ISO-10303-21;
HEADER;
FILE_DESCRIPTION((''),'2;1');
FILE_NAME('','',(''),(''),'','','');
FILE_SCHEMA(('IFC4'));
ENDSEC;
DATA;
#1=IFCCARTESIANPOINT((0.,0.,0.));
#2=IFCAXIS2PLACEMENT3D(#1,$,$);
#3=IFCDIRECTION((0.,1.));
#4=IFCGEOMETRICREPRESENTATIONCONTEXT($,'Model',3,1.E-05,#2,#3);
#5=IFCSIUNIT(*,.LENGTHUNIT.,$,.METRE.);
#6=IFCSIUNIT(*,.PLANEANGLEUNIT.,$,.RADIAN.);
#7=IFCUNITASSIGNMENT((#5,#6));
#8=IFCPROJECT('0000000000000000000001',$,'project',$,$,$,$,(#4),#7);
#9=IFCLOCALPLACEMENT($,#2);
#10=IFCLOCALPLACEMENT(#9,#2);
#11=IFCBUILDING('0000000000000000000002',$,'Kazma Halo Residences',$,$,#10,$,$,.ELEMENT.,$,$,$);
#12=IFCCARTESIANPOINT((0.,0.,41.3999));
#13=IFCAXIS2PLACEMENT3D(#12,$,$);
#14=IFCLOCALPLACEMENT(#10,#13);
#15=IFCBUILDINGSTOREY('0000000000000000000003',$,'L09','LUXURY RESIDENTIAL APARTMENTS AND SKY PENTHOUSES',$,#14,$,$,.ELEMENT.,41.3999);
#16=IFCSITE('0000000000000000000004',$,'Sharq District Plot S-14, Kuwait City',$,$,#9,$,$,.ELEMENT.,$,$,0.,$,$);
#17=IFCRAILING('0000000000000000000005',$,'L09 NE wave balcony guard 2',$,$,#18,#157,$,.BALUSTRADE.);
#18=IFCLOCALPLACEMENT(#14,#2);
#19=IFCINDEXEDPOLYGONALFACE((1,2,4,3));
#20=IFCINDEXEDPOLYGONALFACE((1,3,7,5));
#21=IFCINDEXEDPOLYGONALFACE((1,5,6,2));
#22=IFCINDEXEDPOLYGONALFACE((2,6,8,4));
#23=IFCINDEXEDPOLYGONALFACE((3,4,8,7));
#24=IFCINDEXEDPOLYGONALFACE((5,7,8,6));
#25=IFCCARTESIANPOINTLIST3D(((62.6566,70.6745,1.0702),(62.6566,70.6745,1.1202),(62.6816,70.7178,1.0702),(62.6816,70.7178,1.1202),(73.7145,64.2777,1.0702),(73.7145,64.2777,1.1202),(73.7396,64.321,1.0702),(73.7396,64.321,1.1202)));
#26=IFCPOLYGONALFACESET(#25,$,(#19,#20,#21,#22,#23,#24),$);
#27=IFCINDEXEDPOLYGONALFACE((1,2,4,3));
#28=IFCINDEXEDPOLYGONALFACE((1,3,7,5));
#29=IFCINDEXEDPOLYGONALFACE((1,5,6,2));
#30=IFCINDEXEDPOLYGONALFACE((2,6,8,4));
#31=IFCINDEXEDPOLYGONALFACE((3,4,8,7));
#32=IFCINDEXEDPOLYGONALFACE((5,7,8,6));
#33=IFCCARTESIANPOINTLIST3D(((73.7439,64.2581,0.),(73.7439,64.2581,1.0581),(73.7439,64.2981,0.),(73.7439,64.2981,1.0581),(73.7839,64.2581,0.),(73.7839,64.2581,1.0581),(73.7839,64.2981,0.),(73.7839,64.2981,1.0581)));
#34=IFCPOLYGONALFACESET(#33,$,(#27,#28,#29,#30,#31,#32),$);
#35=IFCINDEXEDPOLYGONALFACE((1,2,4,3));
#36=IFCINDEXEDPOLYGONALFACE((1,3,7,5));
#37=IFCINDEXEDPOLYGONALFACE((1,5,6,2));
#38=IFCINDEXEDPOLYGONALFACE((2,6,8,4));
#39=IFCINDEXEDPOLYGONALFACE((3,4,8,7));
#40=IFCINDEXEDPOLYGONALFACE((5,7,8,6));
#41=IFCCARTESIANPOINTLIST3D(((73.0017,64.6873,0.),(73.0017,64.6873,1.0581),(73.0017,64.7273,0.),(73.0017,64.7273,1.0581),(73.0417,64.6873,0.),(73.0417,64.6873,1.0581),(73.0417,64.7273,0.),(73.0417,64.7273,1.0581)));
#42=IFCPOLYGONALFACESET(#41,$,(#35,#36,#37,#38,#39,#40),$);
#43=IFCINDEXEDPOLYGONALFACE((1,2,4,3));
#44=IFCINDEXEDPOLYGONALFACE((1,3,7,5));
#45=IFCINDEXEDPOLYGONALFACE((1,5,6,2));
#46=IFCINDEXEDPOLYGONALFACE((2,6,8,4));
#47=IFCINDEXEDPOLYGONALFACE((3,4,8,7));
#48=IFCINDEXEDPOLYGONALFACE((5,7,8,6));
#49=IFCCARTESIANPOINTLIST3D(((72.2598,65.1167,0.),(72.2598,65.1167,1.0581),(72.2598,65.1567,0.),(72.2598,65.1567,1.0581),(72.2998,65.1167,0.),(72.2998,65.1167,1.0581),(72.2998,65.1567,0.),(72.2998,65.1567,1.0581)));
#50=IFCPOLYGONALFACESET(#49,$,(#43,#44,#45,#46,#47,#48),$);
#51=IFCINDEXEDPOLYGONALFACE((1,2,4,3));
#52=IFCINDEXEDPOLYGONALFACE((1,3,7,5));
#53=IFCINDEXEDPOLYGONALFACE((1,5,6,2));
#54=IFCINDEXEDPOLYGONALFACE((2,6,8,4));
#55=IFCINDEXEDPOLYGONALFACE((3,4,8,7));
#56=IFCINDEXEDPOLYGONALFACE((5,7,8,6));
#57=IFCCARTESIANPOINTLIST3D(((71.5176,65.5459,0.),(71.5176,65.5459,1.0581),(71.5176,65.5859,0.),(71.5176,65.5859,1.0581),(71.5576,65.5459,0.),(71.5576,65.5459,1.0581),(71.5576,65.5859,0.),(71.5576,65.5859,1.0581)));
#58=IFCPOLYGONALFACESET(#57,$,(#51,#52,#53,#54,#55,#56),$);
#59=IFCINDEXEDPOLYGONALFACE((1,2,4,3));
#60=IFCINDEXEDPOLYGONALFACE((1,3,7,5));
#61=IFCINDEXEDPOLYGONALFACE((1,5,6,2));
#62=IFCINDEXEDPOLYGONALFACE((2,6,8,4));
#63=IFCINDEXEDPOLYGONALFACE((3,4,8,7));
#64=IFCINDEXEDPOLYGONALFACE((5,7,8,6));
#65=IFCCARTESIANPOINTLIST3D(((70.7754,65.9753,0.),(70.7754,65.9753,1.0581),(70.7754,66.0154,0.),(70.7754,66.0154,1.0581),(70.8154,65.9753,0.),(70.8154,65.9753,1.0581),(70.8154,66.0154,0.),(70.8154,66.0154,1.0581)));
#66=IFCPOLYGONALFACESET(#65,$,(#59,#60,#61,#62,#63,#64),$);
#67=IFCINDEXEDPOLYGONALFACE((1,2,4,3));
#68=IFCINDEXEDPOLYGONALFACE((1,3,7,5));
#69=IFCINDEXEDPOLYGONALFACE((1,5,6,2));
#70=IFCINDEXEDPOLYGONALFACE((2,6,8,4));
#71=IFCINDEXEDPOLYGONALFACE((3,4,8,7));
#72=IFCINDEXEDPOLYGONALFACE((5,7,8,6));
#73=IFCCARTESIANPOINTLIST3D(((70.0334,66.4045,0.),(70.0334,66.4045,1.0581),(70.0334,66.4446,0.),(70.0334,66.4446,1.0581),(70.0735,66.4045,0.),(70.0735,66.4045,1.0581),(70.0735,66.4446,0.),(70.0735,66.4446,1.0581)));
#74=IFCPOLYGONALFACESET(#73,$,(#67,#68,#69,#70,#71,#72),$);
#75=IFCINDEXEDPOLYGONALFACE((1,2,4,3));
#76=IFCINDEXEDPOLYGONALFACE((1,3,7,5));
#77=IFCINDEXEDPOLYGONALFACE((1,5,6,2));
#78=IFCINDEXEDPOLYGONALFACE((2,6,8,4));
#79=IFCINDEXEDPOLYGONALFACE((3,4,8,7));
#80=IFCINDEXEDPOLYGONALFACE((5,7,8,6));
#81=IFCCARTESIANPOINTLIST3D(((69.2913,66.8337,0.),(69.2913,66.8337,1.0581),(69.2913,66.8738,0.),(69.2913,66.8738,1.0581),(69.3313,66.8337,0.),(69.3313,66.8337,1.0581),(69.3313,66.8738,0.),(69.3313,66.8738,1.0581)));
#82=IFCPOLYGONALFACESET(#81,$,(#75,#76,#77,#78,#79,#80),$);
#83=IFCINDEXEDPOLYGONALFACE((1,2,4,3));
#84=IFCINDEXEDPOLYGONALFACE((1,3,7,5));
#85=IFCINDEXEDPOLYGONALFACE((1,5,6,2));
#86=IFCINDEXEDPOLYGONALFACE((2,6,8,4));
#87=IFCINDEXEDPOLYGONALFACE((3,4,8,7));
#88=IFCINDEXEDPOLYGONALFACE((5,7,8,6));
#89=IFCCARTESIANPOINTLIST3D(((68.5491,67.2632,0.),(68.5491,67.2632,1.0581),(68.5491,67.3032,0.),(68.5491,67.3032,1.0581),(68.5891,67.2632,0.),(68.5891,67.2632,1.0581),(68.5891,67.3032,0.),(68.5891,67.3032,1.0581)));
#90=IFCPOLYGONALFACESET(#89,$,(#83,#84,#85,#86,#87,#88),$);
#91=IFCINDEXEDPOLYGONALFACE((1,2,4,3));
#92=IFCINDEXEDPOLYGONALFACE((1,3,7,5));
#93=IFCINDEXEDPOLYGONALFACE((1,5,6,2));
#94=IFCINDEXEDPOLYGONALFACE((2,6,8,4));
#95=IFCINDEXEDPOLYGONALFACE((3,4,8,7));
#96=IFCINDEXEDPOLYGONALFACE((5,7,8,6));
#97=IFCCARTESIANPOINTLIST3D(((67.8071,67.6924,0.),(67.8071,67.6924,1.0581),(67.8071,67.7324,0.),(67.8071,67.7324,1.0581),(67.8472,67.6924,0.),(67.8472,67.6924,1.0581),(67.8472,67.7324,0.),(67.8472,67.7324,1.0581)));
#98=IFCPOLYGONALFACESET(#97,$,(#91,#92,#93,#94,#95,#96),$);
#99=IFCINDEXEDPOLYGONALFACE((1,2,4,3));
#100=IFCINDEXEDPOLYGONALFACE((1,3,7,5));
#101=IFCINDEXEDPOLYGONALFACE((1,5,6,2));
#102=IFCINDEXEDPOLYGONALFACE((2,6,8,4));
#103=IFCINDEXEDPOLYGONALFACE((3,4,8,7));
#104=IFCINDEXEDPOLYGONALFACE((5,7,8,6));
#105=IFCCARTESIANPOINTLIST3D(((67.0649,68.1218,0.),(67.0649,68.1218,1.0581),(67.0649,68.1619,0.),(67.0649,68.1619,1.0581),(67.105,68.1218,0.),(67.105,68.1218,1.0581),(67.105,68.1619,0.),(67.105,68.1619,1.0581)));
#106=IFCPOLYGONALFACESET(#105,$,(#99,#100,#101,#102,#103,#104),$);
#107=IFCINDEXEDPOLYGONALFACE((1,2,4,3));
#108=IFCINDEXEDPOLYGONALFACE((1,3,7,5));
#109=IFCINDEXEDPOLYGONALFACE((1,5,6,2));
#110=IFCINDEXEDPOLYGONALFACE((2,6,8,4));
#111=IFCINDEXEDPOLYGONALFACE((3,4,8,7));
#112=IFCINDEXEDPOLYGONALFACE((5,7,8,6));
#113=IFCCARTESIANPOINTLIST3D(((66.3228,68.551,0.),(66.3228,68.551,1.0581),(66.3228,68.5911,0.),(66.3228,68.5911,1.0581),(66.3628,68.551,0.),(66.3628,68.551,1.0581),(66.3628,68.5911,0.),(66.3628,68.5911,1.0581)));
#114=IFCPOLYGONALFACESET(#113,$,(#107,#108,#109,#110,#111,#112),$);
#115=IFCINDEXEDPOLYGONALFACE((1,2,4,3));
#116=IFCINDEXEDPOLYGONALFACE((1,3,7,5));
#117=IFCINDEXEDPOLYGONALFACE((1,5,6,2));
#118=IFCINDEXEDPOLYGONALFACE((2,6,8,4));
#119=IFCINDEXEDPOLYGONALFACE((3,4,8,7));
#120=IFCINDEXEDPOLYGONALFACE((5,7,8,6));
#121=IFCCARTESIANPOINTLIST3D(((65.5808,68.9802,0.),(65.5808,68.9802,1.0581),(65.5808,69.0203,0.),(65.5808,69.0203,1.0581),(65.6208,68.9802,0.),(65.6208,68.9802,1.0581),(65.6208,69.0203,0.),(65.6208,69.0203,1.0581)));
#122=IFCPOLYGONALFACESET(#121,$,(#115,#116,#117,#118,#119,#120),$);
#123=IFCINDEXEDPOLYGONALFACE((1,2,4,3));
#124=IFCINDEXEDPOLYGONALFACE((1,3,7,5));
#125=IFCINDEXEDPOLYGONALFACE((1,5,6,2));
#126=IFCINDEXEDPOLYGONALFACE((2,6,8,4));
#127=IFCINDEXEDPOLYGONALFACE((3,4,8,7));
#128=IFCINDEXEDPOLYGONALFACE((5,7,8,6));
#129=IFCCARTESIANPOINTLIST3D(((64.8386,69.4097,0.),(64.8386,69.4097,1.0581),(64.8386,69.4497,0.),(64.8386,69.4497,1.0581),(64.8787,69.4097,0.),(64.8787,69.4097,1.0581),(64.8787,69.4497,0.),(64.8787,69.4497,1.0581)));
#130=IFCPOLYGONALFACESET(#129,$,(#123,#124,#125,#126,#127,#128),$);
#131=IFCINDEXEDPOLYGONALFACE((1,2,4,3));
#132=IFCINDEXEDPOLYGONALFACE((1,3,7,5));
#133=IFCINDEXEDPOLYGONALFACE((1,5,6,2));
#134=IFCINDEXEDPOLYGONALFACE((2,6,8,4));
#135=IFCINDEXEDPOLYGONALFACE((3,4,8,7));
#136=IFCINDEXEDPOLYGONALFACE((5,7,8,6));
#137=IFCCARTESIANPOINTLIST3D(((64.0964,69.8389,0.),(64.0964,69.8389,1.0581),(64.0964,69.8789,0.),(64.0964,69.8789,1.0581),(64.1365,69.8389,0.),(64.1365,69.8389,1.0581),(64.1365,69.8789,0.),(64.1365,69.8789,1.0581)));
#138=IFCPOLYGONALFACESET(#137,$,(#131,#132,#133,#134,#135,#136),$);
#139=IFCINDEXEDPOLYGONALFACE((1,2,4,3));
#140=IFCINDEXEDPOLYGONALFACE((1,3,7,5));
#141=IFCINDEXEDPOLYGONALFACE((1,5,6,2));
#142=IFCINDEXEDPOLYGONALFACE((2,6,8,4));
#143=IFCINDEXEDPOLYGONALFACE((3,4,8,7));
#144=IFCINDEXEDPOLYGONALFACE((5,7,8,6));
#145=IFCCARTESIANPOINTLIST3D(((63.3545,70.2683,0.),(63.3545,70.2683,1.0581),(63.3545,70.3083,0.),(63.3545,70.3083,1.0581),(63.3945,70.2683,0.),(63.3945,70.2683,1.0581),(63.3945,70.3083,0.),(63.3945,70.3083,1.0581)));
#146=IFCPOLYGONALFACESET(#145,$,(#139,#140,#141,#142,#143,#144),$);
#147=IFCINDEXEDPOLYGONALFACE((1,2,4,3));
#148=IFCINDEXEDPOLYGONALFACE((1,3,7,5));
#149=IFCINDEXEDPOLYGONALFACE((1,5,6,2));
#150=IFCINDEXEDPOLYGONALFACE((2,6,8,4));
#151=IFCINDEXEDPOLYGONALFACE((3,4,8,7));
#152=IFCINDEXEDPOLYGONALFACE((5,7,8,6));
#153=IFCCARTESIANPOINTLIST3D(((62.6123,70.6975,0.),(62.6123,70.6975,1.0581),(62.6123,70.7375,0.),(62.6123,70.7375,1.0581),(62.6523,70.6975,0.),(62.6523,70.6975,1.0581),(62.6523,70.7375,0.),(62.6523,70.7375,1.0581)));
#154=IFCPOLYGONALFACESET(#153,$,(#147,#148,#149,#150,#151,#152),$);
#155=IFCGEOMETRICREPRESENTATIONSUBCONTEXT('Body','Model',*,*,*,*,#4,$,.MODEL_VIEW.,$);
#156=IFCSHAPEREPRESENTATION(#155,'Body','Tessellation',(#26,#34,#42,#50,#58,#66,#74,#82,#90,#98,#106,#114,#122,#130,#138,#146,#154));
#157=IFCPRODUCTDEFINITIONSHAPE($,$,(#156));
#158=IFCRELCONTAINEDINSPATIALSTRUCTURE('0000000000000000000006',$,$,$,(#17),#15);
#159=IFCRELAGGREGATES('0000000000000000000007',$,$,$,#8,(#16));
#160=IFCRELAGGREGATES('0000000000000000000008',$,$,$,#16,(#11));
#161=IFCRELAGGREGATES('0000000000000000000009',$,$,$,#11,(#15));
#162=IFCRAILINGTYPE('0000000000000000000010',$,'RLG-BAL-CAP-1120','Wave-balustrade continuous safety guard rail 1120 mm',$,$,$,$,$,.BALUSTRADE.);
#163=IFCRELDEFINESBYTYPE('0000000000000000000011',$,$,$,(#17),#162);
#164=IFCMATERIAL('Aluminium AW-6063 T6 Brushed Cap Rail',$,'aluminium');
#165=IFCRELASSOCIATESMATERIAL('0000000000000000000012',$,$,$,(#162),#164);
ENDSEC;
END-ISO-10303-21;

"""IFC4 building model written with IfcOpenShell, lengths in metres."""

from ifc_helpers import new_model, si_unit, direction, frame, origin, origin_2d, place, context, subcontext, project, spatial, rectangle, extrude, material, type_object, element, save


model = new_model("IFC4")

# Units and contexts
model_context = context("Model", 3, precision=1e-05, world=origin(), true_north=direction((0.0, 1.0)))
body_context = subcontext(model_context, "Body", "Model", "MODEL_VIEW")
ifc_project = project(units=[si_unit("LENGTHUNIT", "METRE"), si_unit("PLANEANGLEUNIT", "RADIAN")], contexts=[model_context])

# Site, building, storey
site_placement = place(None, origin())
site = spatial("IfcSite", under=ifc_project, at=site_placement, Name="Sharq District Plot S-14, Kuwait City", CompositionType="ELEMENT", RefElevation=0.0)
building_placement = place(site_placement, origin())
building = spatial("IfcBuilding", under=site, at=building_placement, Name="Kazma Halo Residences", CompositionType="ELEMENT")
storey_placement = place(building_placement, frame((0.0, 0.0, 41.3999)))
storey = spatial("IfcBuildingStorey", under=building, at=storey_placement, Name="L09", Description="LUXURY RESIDENTIAL APARTMENTS AND SKY PENTHOUSES", CompositionType="ELEMENT", Elevation=41.3999)

# Railing
ifc_material_1 = material(Name="Aluminium AW-6063 T6 Brushed Cap Rail", Category="aluminium")
railing_type = type_object("IfcRailingType", Name="RLG-BAL-CAP-1120", Description="Wave-balustrade continuous safety guard rail 1120 mm", PredefinedType="BALUSTRADE", material=ifc_material_1)
railing_1_placement = place(storey_placement, frame((73.7639, 64.2781, 0.0)))
element("IfcRailing", 1, at=railing_1_placement, inside=storey, type_object=railing_type, Name="L09 NE wave balcony guard 2", PredefinedType="BALUSTRADE", context=body_context, shape_type="SweptSolid", body=[
    extrude(rectangle(XDim=0.05, YDim=0.05, at=origin_2d()), frame((-0.0369, 0.0212, 1.0952), z_axis=(-0.8656, 0.500736, 0.0), x_axis=(-0.500736, -0.8656, 0.0)), (0.0, 0.0, 1.0), 12.7749),
    extrude(rectangle(XDim=0.04, YDim=0.04, at=origin_2d()), origin(), (0.0, 0.0, 1.0), 1.0581),
    extrude(rectangle(XDim=0.04, YDim=0.04, at=origin_2d()), frame((-0.7422, 0.4292, 0.0)), (0.0, 0.0, 1.0), 1.0581),
    extrude(rectangle(XDim=0.04, YDim=0.04, at=origin_2d()), frame((-1.4841, 0.8586, 0.0)), (0.0, 0.0, 1.0), 1.0581),
    extrude(rectangle(XDim=0.04, YDim=0.04, at=origin_2d()), frame((-2.2263, 1.2878, 0.0)), (0.0, 0.0, 1.0), 1.0581),
    extrude(rectangle(XDim=0.04, YDim=0.04, at=origin_2d()), frame((-2.9685, 1.7173, 0.0)), (0.0, 0.0, 1.0), 1.0581),
    extrude(rectangle(XDim=0.04, YDim=0.04, at=origin_2d()), frame((-3.7104, 2.1465, 0.0)), (0.0, 0.0, 1.0), 1.0581),
    extrude(rectangle(XDim=0.04, YDim=0.04, at=origin_2d()), frame((-4.4526, 2.5757, 0.0)), (0.0, 0.0, 1.0), 1.0581),
    extrude(rectangle(XDim=0.04, YDim=0.04, at=origin_2d()), frame((-5.1948, 3.0051, 0.0)), (0.0, 0.0, 1.0), 1.0581),
    extrude(rectangle(XDim=0.04, YDim=0.04, at=origin_2d()), frame((-5.9368, 3.4343, 0.0)), (0.0, 0.0, 1.0), 1.0581),
    extrude(rectangle(XDim=0.04, YDim=0.04, at=origin_2d()), frame((-6.679, 3.8638, 0.0)), (0.0, 0.0, 1.0), 1.0581),
    extrude(rectangle(XDim=0.04, YDim=0.04, at=origin_2d()), frame((-7.4211, 4.293, 0.0)), (0.0, 0.0, 1.0), 1.0581),
    extrude(rectangle(XDim=0.04, YDim=0.04, at=origin_2d()), frame((-8.1631, 4.7222, 0.0)), (0.0, 0.0, 1.0), 1.0581),
    extrude(rectangle(XDim=0.04, YDim=0.04, at=origin_2d()), frame((-8.9053, 5.1516, 0.0)), (0.0, 0.0, 1.0), 1.0581),
    extrude(rectangle(XDim=0.04, YDim=0.04, at=origin_2d()), frame((-9.6475, 5.5808, 0.0)), (0.0, 0.0, 1.0), 1.0581),
    extrude(rectangle(XDim=0.04, YDim=0.04, at=origin_2d()), frame((-10.3894, 6.0103, 0.0)), (0.0, 0.0, 1.0), 1.0581),
    extrude(rectangle(XDim=0.04, YDim=0.04, at=origin_2d()), frame((-11.1316, 6.4395, 0.0)), (0.0, 0.0, 1.0), 1.0581),
])

save(model, "model.ifc")
